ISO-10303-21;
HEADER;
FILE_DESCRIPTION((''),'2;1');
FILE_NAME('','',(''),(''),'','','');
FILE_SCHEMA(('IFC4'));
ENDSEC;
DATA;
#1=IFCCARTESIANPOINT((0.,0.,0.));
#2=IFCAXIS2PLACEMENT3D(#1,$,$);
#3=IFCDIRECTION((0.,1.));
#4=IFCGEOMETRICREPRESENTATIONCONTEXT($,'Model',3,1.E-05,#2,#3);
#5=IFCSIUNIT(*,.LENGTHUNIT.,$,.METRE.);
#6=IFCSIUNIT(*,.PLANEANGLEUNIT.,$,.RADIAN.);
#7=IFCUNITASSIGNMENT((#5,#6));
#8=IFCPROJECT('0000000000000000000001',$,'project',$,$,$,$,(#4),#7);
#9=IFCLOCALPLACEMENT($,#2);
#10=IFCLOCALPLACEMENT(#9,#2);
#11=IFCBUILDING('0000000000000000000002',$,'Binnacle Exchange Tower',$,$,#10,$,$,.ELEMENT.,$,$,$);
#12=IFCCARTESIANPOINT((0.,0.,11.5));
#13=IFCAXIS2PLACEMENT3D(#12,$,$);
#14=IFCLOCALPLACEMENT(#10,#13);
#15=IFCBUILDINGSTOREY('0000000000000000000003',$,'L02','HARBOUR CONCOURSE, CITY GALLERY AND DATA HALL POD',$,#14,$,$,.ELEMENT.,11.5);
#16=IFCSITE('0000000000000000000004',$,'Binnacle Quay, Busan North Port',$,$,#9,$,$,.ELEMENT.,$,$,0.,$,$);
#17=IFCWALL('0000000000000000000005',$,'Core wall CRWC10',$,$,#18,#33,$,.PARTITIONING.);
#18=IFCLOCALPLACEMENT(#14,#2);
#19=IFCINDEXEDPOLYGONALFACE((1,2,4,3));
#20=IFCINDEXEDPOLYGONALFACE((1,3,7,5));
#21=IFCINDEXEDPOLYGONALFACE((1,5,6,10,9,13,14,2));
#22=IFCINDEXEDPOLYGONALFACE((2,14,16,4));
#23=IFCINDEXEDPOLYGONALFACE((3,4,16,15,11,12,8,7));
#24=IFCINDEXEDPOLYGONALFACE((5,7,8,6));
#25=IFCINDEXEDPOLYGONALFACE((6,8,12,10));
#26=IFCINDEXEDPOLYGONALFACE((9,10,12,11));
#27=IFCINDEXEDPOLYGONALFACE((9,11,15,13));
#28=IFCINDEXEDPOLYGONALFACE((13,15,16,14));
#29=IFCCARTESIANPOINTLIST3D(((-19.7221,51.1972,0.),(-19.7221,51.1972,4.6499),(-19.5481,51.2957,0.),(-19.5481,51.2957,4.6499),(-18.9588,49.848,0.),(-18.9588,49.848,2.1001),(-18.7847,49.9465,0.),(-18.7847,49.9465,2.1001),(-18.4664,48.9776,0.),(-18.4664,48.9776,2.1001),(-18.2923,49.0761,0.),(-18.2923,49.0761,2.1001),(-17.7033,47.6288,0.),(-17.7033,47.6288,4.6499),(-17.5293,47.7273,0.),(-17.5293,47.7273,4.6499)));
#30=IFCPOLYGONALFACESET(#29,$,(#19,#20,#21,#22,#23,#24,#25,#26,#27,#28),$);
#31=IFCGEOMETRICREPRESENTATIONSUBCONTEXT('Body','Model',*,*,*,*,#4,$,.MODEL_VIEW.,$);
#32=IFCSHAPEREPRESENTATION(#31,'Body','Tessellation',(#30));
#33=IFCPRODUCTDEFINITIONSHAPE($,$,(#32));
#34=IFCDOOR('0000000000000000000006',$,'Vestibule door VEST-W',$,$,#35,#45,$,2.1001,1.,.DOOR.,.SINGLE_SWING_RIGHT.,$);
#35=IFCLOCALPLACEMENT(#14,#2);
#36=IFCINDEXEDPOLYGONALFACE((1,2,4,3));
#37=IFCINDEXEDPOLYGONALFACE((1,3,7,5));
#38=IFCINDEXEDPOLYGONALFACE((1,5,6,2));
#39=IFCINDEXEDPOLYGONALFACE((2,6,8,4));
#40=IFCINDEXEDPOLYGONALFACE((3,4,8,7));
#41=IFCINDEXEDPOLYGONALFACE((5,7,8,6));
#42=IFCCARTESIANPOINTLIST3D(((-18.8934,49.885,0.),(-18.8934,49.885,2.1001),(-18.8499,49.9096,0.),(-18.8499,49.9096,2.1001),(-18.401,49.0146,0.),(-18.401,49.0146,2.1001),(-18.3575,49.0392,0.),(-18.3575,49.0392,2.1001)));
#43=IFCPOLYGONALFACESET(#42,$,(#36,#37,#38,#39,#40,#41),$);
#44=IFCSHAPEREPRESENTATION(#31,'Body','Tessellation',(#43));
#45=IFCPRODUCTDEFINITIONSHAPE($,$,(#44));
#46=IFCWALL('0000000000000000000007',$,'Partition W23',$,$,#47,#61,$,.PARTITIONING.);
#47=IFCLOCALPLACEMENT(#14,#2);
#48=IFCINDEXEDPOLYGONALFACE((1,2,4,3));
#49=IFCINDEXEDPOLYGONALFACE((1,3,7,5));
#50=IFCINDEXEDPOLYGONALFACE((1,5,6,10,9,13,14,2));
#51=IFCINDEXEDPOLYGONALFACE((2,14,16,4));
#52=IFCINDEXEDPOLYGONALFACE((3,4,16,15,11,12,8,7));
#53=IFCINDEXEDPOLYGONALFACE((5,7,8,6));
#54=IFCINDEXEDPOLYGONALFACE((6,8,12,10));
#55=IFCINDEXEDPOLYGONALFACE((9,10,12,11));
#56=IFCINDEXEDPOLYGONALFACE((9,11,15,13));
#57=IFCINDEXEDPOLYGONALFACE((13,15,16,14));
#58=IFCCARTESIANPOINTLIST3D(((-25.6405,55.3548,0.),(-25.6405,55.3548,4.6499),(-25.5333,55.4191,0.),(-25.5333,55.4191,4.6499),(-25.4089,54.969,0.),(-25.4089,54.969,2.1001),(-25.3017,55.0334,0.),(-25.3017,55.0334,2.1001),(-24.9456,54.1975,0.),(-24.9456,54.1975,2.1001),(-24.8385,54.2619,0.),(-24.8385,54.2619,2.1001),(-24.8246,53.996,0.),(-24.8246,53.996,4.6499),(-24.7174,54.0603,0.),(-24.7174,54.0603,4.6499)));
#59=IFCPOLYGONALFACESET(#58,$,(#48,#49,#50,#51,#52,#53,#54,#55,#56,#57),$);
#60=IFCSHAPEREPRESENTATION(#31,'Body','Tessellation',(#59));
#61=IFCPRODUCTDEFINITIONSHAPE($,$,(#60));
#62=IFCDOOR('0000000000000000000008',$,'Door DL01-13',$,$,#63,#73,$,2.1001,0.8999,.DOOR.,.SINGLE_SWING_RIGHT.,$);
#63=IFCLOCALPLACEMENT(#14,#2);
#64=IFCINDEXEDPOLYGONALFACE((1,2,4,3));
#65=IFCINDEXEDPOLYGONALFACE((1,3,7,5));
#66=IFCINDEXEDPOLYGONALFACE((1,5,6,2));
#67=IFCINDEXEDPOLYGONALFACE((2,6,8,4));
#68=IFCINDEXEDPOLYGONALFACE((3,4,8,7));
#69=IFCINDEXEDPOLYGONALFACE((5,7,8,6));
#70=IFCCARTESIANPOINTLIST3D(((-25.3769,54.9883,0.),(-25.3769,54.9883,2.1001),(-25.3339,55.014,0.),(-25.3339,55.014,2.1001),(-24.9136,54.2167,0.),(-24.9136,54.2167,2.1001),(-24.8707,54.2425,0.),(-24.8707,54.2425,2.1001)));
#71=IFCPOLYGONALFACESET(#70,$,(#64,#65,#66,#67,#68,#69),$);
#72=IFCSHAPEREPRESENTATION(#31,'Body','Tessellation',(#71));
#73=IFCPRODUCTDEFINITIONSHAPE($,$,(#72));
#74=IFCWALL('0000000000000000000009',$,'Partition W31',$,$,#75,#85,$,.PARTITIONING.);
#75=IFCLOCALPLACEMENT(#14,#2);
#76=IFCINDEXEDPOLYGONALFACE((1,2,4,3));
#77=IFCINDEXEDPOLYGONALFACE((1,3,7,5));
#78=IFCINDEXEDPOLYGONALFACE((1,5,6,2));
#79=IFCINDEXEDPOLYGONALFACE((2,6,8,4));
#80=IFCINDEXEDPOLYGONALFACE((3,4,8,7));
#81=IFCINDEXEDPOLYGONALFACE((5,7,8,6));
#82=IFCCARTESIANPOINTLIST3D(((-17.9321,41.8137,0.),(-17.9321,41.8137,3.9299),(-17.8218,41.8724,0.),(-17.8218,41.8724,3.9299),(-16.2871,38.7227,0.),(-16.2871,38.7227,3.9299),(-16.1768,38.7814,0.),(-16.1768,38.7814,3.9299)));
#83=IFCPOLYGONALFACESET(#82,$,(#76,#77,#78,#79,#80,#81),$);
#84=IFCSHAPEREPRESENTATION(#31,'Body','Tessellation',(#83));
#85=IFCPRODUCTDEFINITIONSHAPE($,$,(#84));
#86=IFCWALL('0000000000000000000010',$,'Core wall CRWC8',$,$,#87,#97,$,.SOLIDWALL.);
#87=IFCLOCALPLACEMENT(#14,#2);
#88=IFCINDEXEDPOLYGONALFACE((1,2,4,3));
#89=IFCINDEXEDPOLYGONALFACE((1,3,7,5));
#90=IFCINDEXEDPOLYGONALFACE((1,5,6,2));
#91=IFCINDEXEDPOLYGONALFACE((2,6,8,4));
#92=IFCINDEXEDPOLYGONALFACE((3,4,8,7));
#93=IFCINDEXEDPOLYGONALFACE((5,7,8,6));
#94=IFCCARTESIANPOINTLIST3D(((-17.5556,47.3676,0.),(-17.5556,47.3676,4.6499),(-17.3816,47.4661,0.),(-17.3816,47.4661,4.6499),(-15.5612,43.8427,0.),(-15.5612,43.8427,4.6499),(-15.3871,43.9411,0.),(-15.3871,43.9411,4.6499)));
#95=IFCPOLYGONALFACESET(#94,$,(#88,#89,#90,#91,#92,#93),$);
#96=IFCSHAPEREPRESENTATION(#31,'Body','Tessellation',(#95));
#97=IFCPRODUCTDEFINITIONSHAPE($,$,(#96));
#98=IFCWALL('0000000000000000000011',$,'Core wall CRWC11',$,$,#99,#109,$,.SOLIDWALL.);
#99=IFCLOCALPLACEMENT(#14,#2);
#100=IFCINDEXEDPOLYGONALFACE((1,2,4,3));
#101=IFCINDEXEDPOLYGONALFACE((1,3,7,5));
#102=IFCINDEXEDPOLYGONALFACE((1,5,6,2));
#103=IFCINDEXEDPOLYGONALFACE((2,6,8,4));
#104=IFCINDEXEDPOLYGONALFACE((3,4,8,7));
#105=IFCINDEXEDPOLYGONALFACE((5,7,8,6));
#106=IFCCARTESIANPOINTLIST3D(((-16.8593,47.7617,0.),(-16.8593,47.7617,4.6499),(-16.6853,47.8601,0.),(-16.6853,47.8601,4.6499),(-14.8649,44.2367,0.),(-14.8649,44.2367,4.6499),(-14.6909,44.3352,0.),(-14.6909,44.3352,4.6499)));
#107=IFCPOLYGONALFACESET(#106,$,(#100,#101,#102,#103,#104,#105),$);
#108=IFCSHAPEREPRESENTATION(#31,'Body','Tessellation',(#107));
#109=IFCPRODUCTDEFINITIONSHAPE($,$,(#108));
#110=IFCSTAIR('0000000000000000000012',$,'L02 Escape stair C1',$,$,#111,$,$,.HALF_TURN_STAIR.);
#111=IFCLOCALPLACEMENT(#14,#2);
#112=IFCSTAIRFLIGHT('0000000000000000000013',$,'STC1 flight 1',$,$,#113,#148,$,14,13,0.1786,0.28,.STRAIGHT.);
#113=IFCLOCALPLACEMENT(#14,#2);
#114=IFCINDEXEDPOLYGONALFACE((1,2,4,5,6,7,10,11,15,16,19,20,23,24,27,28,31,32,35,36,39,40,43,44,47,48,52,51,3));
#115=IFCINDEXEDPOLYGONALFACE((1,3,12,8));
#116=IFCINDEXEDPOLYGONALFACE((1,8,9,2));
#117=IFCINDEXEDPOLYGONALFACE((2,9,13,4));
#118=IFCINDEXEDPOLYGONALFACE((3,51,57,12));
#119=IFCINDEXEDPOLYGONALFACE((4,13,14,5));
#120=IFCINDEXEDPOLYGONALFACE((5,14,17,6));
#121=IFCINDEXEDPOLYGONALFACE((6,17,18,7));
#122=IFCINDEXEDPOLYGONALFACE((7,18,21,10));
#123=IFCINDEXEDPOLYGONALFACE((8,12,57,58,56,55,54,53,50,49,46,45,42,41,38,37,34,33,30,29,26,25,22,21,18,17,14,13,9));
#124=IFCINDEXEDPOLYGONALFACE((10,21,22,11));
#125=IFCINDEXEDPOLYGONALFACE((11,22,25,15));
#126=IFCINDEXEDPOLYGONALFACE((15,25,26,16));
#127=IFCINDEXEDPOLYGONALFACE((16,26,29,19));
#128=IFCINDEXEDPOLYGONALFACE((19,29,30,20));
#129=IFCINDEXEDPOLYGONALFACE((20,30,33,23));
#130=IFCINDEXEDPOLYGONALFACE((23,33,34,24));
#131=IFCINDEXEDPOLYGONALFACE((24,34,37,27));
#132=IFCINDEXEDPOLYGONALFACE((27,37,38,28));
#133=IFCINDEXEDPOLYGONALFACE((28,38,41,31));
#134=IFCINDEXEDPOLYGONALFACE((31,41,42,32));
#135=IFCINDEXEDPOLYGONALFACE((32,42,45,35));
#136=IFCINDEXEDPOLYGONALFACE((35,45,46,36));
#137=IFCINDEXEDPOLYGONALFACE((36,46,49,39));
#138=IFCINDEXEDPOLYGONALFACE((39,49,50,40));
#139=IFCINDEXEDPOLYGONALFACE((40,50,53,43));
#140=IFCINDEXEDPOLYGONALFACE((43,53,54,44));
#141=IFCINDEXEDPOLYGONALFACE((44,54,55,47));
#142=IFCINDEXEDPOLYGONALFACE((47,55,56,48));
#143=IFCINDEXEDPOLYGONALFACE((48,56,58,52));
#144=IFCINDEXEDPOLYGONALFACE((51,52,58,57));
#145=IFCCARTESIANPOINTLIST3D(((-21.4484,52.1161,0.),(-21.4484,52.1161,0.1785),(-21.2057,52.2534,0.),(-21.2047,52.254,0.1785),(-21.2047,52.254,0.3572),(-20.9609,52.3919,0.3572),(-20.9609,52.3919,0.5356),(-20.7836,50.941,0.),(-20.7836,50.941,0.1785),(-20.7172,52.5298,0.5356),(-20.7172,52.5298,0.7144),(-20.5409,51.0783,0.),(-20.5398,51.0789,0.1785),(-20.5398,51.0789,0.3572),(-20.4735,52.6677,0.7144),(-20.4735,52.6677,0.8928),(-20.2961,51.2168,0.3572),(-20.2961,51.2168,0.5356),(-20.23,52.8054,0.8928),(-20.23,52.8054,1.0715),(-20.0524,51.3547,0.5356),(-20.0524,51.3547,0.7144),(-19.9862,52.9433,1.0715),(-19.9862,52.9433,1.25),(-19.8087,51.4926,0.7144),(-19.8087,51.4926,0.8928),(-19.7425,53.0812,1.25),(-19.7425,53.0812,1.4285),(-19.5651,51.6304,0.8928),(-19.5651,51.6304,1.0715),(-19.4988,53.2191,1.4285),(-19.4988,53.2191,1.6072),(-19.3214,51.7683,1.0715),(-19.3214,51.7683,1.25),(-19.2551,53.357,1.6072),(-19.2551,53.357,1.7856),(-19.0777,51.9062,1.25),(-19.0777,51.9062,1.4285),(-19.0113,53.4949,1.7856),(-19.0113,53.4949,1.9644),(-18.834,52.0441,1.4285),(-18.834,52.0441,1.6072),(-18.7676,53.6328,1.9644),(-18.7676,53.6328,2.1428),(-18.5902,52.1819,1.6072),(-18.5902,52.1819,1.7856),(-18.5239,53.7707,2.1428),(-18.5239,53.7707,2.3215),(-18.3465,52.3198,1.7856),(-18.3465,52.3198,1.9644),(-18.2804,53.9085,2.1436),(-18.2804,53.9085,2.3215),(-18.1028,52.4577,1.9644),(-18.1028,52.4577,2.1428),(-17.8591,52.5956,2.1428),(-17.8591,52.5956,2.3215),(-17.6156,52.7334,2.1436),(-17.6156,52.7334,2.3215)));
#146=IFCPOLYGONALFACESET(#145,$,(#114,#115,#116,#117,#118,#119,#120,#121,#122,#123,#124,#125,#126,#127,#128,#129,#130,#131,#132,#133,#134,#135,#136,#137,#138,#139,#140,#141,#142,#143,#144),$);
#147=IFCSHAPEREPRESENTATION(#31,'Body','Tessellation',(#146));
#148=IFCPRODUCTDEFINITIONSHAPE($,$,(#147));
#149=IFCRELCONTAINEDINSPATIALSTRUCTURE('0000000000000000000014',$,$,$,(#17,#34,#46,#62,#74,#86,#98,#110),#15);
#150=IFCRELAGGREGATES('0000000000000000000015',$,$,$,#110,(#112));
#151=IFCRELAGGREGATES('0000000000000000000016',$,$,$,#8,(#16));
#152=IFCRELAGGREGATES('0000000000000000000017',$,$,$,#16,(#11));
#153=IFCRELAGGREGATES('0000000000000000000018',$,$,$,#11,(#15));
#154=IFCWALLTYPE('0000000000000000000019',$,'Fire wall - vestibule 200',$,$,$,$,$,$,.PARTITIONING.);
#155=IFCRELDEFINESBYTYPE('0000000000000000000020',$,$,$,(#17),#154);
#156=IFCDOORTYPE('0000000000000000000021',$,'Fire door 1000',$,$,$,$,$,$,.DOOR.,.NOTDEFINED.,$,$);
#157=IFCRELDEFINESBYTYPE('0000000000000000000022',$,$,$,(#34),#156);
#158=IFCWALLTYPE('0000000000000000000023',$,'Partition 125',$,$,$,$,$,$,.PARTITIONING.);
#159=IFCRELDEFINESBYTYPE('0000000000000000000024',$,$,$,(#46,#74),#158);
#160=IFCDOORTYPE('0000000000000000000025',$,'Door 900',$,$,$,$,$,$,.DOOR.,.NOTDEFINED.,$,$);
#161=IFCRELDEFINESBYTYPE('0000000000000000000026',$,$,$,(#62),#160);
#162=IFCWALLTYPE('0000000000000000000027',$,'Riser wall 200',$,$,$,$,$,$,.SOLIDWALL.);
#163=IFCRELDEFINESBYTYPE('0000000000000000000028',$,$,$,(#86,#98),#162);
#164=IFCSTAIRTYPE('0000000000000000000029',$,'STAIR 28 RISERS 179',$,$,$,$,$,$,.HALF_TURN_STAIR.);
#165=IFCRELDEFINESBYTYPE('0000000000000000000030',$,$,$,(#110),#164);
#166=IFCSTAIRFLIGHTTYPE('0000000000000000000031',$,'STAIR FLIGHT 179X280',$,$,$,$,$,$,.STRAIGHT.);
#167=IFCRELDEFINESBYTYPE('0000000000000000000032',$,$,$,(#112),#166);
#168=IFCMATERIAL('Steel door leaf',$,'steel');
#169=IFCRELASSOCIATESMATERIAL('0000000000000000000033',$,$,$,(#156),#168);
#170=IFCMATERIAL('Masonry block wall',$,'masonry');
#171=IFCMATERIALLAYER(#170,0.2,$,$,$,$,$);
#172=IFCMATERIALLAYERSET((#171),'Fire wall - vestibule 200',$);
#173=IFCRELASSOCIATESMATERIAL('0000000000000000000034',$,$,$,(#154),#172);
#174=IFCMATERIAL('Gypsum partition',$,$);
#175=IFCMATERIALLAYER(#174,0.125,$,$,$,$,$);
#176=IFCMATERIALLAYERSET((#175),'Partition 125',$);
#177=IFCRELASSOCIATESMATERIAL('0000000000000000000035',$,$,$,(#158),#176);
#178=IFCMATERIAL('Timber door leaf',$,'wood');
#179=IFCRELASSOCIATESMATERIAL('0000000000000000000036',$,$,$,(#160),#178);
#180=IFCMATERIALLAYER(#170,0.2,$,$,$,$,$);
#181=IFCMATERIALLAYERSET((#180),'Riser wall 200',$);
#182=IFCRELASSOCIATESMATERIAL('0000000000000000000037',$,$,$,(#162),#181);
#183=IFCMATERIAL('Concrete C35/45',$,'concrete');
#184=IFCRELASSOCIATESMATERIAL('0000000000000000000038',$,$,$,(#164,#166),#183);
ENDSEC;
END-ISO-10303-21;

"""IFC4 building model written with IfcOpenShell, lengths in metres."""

from ifc_helpers import new_model, si_unit, direction, frame, frame_2d, origin, place, context, subcontext, project, spatial, polyline, rectangle, outline, extrude, material, layer, layer_set, type_object, element, fill, aggregate, save


model = new_model("IFC4")

# Units and contexts
model_context = context("Model", 3, precision=1e-05, world=origin(), true_north=direction((0.0, 1.0)))
body_context = subcontext(model_context, "Body", "Model", "MODEL_VIEW")
ifc_project = project(units=[si_unit("LENGTHUNIT", "METRE"), si_unit("PLANEANGLEUNIT", "RADIAN")], contexts=[model_context])

# Site, building, storey
site_placement = place(None, origin())
site = spatial("IfcSite", under=ifc_project, at=site_placement, Name="Binnacle Quay, Busan North Port", CompositionType="ELEMENT", RefElevation=0.0)
building_placement = place(site_placement, origin())
building = spatial("IfcBuilding", under=site, at=building_placement, Name="Binnacle Exchange Tower", CompositionType="ELEMENT")
storey_placement = place(building_placement, frame((0.0, 0.0, 11.5)))
storey = spatial("IfcBuildingStorey", under=building, at=storey_placement, Name="L02", Description="HARBOUR CONCOURSE, CITY GALLERY AND DATA HALL POD", CompositionType="ELEMENT", Elevation=11.5)

# Shared definitions
ifc_material_1 = material(Name="Steel door leaf", Category="steel")

# Walls, openings, doors
door_type_1 = type_object("IfcDoorType", Name="Fire door 1000", OperationType="NOTDEFINED", PredefinedType="DOOR", material=ifc_material_1)
ifc_material_2 = material(Name="Masonry block wall", Category="masonry")
ifc_layer_1 = layer(ifc_material_2, 0.2)
ifc_layer_set_1 = layer_set([ifc_layer_1], Name="Fire wall - vestibule 200")
wall_type_1 = type_object("IfcWallType", Name="Fire wall - vestibule 200", PredefinedType="PARTITIONING", material=ifc_layer_set_1)
wall_1_placement = place(storey_placement, frame((-19.635, 51.2463, 0.0), z_axis=(0.0, 0.0, 1.0), x_axis=(0.492408, -0.870364, 0.0)))
wall_1 = element("IfcWall", 1, at=wall_1_placement, inside=storey, type_object=wall_type_1, Name="Core wall CRWC10", PredefinedType="PARTITIONING", context=body_context, shape_type="SweptSolid", body=[
    extrude(rectangle(XDim=4.0999, YDim=0.2, at=frame_2d((2.0498, 0.0))), origin(), (0.0, 0.0, 1.0), 4.6499),
])
opening_1_placement = place(wall_1_placement, frame((1.55, 0.0, 0.0)))
opening_1 = element("IfcOpeningElement", 2, at=opening_1_placement, cuts=wall_1, PredefinedType="OPENING", context=body_context, shape_type="SweptSolid", body=[
    extrude(rectangle(XDim=1.0, YDim=2.1001, at=frame_2d((0.5, 1.05))), frame((0.0, 0.1099, 0.0), z_axis=(0.0, -1.0, 0.0), x_axis=(1.0, 0.0, 0.0)), (0.0, 0.0, 1.0), 0.22),
])
door_1_placement = place(opening_1_placement, frame((1.0, 0.0, 0.0), z_axis=(0.0, 0.0, 1.0), x_axis=(-1.0, 0.0, 0.0)))
door_1 = element("IfcDoor", 3, at=door_1_placement, inside=storey, type_object=door_type_1, Name="Vestibule door VEST-W", OperationType="SINGLE_SWING_RIGHT", OverallHeight=2.1001, OverallWidth=1.0, PredefinedType="DOOR", context=body_context, shape_type="SweptSolid", body=[
    extrude(rectangle(XDim=1.0, YDim=2.1001, at=frame_2d((0.5, 1.05))), frame((0.0, 0.0249, 0.0), z_axis=(0.0, -1.0, 0.0), x_axis=(1.0, 0.0, 0.0)), (0.0, 0.0, 1.0), 0.05),
])
fill(opening_1, door_1)
ifc_material_3 = material(Name="Gypsum partition")
ifc_layer_2 = layer(ifc_material_3, 0.125)
ifc_layer_set_2 = layer_set([ifc_layer_2], Name="Partition 125")
wall_type_2 = type_object("IfcWallType", Name="Partition 125", PredefinedType="PARTITIONING", material=ifc_layer_set_2)
wall_2_placement = place(storey_placement, frame((-25.5869, 55.387, 0.0), z_axis=(0.0, 0.0, 1.0), x_axis=(0.514768, -0.85733, 0.0)))
wall_2 = element("IfcWall", 4, at=wall_2_placement, inside=storey, type_object=wall_type_2, Name="Partition W23", PredefinedType="PARTITIONING", context=body_context, shape_type="SweptSolid", body=[
    extrude(rectangle(XDim=1.585, YDim=0.125, at=frame_2d((0.7925, 0.0))), origin(), (0.0, 0.0, 1.0), 4.6499),
])
opening_2_placement = place(wall_2_placement, frame((0.45, 0.0, 0.0)))
opening_2 = element("IfcOpeningElement", 5, at=opening_2_placement, cuts=wall_2, PredefinedType="OPENING", context=body_context, shape_type="SweptSolid", body=[
    extrude(rectangle(XDim=0.8999, YDim=2.1001, at=frame_2d((0.45, 1.05))), frame((0.0, 0.0725, 0.0), z_axis=(0.0, -1.0, 0.0), x_axis=(1.0, 0.0, 0.0)), (0.0, 0.0, 1.0), 0.145),
])
ifc_material_4 = material(Name="Timber door leaf", Category="wood")
door_type_2 = type_object("IfcDoorType", Name="Door 900", OperationType="NOTDEFINED", PredefinedType="DOOR", material=ifc_material_4)
door_2_placement = place(opening_2_placement, origin())
door_2 = element("IfcDoor", 6, at=door_2_placement, inside=storey, type_object=door_type_2, Name="Door DL01-13", OperationType="SINGLE_SWING_RIGHT", OverallHeight=2.1001, OverallWidth=0.8999, PredefinedType="DOOR", context=body_context, shape_type="SweptSolid", body=[
    extrude(rectangle(XDim=0.8999, YDim=2.1001, at=frame_2d((0.45, 1.05))), frame((0.0, 0.0249, 0.0), z_axis=(0.0, -1.0, 0.0), x_axis=(1.0, 0.0, 0.0)), (0.0, 0.0, 1.0), 0.05),
])
fill(opening_2, door_2)

# Walls
wall_3_placement = place(storey_placement, frame((-17.877, 41.843, 0.0), z_axis=(0.0, 0.0, 1.0), x_axis=(0.469799, -0.882773, 0.0)))
element("IfcWall", 7, at=wall_3_placement, inside=storey, type_object=wall_type_2, Name="Partition W31", PredefinedType="PARTITIONING", context=body_context, shape_type="SweptSolid", body=[
    extrude(rectangle(XDim=3.5015, YDim=0.125, at=frame_2d((1.7507, 0.0))), origin(), (0.0, 0.0, 1.0), 3.9299),
])
ifc_layer_3 = layer(ifc_material_2, 0.2)
ifc_layer_set_3 = layer_set([ifc_layer_3], Name="Riser wall 200")
wall_type_3 = type_object("IfcWallType", Name="Riser wall 200", PredefinedType="SOLIDWALL", material=ifc_layer_set_3)
for number, where, z_axis, x_axis, name in (
    (8, (-17.4685, 47.4167, 0.0), (0.0, 0.0, 1.0), (0.492441, -0.870346, 0.0), "Core wall CRWC8"),
    (9, (-16.7722, 47.8108, 0.0), (0.0, 0.0, 1.0), (0.492441, -0.870346, 0.0), "Core wall CRWC11"),
):
    element("IfcWall", number, at=place(storey_placement, frame(where, z_axis=z_axis, x_axis=x_axis)), inside=storey, type_object=wall_type_3, Name=name, PredefinedType="SOLIDWALL", context=body_context, shape_type="SweptSolid", body=[
        extrude(rectangle(XDim=4.05, YDim=0.2, at=frame_2d((2.0249, 0.0))), origin(), (0.0, 0.0, 1.0), 4.6499),
    ])

# Stair, stair flight
ifc_material_5 = material(Name="Concrete C35/45", Category="concrete")
stair_type = type_object("IfcStairType", Name="STAIR 28 RISERS 179", PredefinedType="HALF_TURN_STAIR", material=ifc_material_5)
stair_placement = place(storey_placement, origin())
stair = element("IfcStair", 10, at=stair_placement, inside=storey, type_object=stair_type, Name="L02 Escape stair C1", PredefinedType="HALF_TURN_STAIR")
stair_flight_type = type_object("IfcStairFlightType", Name="STAIR FLIGHT 179X280", PredefinedType="STRAIGHT", material=ifc_material_5)
stair_flight_placement = place(storey_placement, frame((-21.116, 51.5286, 0.0), z_axis=(0.0, 0.0, 1.0), x_axis=(0.870356, 0.492424, 0.0)))
stair_flight = element("IfcStairFlight", 11, at=stair_flight_placement, type_object=stair_flight_type, Name="STC1 flight 1", NumberOfRisers=14, NumberOfTreads=13, PredefinedType="STRAIGHT", RiserHeight=0.1786, TreadLength=0.28, context=body_context, shape_type="SweptSolid", body=[
    extrude(outline(polyline([(0.0, 0.0), (0.0, 0.1785), (0.28, 0.1785), (0.28, 0.3572), (0.5601, 0.3572), (0.5601, 0.5356), (0.8401, 0.5356), (0.8401, 0.7144), (1.1201, 0.7144), (1.1201, 0.8928), (1.3999, 0.8928), (1.3999, 1.0715), (1.6799, 1.0715), (1.6799, 1.25), (1.96, 1.25), (1.96, 1.4285), (2.24, 1.4285), (2.24, 1.6072), (2.52, 1.6072), (2.52, 1.7856), (2.8, 1.7856), (2.8, 1.9644), (3.0801, 1.9644), (3.0801, 2.1428), (3.3601, 2.1428), (3.3601, 2.3215), (3.6399, 2.3215), (3.6399, 2.5), (3.6399, 2.1436), (0.2788, 0.0), (0.0, 0.0)])), frame((0.0, 0.675, 0.0), z_axis=(0.0, -1.0, 0.0), x_axis=(1.0, 0.0, 0.0)), (0.0, 0.0, 1.0), 1.3501),
])
aggregate(stair, [stair_flight])

save(model, "model.ifc")
